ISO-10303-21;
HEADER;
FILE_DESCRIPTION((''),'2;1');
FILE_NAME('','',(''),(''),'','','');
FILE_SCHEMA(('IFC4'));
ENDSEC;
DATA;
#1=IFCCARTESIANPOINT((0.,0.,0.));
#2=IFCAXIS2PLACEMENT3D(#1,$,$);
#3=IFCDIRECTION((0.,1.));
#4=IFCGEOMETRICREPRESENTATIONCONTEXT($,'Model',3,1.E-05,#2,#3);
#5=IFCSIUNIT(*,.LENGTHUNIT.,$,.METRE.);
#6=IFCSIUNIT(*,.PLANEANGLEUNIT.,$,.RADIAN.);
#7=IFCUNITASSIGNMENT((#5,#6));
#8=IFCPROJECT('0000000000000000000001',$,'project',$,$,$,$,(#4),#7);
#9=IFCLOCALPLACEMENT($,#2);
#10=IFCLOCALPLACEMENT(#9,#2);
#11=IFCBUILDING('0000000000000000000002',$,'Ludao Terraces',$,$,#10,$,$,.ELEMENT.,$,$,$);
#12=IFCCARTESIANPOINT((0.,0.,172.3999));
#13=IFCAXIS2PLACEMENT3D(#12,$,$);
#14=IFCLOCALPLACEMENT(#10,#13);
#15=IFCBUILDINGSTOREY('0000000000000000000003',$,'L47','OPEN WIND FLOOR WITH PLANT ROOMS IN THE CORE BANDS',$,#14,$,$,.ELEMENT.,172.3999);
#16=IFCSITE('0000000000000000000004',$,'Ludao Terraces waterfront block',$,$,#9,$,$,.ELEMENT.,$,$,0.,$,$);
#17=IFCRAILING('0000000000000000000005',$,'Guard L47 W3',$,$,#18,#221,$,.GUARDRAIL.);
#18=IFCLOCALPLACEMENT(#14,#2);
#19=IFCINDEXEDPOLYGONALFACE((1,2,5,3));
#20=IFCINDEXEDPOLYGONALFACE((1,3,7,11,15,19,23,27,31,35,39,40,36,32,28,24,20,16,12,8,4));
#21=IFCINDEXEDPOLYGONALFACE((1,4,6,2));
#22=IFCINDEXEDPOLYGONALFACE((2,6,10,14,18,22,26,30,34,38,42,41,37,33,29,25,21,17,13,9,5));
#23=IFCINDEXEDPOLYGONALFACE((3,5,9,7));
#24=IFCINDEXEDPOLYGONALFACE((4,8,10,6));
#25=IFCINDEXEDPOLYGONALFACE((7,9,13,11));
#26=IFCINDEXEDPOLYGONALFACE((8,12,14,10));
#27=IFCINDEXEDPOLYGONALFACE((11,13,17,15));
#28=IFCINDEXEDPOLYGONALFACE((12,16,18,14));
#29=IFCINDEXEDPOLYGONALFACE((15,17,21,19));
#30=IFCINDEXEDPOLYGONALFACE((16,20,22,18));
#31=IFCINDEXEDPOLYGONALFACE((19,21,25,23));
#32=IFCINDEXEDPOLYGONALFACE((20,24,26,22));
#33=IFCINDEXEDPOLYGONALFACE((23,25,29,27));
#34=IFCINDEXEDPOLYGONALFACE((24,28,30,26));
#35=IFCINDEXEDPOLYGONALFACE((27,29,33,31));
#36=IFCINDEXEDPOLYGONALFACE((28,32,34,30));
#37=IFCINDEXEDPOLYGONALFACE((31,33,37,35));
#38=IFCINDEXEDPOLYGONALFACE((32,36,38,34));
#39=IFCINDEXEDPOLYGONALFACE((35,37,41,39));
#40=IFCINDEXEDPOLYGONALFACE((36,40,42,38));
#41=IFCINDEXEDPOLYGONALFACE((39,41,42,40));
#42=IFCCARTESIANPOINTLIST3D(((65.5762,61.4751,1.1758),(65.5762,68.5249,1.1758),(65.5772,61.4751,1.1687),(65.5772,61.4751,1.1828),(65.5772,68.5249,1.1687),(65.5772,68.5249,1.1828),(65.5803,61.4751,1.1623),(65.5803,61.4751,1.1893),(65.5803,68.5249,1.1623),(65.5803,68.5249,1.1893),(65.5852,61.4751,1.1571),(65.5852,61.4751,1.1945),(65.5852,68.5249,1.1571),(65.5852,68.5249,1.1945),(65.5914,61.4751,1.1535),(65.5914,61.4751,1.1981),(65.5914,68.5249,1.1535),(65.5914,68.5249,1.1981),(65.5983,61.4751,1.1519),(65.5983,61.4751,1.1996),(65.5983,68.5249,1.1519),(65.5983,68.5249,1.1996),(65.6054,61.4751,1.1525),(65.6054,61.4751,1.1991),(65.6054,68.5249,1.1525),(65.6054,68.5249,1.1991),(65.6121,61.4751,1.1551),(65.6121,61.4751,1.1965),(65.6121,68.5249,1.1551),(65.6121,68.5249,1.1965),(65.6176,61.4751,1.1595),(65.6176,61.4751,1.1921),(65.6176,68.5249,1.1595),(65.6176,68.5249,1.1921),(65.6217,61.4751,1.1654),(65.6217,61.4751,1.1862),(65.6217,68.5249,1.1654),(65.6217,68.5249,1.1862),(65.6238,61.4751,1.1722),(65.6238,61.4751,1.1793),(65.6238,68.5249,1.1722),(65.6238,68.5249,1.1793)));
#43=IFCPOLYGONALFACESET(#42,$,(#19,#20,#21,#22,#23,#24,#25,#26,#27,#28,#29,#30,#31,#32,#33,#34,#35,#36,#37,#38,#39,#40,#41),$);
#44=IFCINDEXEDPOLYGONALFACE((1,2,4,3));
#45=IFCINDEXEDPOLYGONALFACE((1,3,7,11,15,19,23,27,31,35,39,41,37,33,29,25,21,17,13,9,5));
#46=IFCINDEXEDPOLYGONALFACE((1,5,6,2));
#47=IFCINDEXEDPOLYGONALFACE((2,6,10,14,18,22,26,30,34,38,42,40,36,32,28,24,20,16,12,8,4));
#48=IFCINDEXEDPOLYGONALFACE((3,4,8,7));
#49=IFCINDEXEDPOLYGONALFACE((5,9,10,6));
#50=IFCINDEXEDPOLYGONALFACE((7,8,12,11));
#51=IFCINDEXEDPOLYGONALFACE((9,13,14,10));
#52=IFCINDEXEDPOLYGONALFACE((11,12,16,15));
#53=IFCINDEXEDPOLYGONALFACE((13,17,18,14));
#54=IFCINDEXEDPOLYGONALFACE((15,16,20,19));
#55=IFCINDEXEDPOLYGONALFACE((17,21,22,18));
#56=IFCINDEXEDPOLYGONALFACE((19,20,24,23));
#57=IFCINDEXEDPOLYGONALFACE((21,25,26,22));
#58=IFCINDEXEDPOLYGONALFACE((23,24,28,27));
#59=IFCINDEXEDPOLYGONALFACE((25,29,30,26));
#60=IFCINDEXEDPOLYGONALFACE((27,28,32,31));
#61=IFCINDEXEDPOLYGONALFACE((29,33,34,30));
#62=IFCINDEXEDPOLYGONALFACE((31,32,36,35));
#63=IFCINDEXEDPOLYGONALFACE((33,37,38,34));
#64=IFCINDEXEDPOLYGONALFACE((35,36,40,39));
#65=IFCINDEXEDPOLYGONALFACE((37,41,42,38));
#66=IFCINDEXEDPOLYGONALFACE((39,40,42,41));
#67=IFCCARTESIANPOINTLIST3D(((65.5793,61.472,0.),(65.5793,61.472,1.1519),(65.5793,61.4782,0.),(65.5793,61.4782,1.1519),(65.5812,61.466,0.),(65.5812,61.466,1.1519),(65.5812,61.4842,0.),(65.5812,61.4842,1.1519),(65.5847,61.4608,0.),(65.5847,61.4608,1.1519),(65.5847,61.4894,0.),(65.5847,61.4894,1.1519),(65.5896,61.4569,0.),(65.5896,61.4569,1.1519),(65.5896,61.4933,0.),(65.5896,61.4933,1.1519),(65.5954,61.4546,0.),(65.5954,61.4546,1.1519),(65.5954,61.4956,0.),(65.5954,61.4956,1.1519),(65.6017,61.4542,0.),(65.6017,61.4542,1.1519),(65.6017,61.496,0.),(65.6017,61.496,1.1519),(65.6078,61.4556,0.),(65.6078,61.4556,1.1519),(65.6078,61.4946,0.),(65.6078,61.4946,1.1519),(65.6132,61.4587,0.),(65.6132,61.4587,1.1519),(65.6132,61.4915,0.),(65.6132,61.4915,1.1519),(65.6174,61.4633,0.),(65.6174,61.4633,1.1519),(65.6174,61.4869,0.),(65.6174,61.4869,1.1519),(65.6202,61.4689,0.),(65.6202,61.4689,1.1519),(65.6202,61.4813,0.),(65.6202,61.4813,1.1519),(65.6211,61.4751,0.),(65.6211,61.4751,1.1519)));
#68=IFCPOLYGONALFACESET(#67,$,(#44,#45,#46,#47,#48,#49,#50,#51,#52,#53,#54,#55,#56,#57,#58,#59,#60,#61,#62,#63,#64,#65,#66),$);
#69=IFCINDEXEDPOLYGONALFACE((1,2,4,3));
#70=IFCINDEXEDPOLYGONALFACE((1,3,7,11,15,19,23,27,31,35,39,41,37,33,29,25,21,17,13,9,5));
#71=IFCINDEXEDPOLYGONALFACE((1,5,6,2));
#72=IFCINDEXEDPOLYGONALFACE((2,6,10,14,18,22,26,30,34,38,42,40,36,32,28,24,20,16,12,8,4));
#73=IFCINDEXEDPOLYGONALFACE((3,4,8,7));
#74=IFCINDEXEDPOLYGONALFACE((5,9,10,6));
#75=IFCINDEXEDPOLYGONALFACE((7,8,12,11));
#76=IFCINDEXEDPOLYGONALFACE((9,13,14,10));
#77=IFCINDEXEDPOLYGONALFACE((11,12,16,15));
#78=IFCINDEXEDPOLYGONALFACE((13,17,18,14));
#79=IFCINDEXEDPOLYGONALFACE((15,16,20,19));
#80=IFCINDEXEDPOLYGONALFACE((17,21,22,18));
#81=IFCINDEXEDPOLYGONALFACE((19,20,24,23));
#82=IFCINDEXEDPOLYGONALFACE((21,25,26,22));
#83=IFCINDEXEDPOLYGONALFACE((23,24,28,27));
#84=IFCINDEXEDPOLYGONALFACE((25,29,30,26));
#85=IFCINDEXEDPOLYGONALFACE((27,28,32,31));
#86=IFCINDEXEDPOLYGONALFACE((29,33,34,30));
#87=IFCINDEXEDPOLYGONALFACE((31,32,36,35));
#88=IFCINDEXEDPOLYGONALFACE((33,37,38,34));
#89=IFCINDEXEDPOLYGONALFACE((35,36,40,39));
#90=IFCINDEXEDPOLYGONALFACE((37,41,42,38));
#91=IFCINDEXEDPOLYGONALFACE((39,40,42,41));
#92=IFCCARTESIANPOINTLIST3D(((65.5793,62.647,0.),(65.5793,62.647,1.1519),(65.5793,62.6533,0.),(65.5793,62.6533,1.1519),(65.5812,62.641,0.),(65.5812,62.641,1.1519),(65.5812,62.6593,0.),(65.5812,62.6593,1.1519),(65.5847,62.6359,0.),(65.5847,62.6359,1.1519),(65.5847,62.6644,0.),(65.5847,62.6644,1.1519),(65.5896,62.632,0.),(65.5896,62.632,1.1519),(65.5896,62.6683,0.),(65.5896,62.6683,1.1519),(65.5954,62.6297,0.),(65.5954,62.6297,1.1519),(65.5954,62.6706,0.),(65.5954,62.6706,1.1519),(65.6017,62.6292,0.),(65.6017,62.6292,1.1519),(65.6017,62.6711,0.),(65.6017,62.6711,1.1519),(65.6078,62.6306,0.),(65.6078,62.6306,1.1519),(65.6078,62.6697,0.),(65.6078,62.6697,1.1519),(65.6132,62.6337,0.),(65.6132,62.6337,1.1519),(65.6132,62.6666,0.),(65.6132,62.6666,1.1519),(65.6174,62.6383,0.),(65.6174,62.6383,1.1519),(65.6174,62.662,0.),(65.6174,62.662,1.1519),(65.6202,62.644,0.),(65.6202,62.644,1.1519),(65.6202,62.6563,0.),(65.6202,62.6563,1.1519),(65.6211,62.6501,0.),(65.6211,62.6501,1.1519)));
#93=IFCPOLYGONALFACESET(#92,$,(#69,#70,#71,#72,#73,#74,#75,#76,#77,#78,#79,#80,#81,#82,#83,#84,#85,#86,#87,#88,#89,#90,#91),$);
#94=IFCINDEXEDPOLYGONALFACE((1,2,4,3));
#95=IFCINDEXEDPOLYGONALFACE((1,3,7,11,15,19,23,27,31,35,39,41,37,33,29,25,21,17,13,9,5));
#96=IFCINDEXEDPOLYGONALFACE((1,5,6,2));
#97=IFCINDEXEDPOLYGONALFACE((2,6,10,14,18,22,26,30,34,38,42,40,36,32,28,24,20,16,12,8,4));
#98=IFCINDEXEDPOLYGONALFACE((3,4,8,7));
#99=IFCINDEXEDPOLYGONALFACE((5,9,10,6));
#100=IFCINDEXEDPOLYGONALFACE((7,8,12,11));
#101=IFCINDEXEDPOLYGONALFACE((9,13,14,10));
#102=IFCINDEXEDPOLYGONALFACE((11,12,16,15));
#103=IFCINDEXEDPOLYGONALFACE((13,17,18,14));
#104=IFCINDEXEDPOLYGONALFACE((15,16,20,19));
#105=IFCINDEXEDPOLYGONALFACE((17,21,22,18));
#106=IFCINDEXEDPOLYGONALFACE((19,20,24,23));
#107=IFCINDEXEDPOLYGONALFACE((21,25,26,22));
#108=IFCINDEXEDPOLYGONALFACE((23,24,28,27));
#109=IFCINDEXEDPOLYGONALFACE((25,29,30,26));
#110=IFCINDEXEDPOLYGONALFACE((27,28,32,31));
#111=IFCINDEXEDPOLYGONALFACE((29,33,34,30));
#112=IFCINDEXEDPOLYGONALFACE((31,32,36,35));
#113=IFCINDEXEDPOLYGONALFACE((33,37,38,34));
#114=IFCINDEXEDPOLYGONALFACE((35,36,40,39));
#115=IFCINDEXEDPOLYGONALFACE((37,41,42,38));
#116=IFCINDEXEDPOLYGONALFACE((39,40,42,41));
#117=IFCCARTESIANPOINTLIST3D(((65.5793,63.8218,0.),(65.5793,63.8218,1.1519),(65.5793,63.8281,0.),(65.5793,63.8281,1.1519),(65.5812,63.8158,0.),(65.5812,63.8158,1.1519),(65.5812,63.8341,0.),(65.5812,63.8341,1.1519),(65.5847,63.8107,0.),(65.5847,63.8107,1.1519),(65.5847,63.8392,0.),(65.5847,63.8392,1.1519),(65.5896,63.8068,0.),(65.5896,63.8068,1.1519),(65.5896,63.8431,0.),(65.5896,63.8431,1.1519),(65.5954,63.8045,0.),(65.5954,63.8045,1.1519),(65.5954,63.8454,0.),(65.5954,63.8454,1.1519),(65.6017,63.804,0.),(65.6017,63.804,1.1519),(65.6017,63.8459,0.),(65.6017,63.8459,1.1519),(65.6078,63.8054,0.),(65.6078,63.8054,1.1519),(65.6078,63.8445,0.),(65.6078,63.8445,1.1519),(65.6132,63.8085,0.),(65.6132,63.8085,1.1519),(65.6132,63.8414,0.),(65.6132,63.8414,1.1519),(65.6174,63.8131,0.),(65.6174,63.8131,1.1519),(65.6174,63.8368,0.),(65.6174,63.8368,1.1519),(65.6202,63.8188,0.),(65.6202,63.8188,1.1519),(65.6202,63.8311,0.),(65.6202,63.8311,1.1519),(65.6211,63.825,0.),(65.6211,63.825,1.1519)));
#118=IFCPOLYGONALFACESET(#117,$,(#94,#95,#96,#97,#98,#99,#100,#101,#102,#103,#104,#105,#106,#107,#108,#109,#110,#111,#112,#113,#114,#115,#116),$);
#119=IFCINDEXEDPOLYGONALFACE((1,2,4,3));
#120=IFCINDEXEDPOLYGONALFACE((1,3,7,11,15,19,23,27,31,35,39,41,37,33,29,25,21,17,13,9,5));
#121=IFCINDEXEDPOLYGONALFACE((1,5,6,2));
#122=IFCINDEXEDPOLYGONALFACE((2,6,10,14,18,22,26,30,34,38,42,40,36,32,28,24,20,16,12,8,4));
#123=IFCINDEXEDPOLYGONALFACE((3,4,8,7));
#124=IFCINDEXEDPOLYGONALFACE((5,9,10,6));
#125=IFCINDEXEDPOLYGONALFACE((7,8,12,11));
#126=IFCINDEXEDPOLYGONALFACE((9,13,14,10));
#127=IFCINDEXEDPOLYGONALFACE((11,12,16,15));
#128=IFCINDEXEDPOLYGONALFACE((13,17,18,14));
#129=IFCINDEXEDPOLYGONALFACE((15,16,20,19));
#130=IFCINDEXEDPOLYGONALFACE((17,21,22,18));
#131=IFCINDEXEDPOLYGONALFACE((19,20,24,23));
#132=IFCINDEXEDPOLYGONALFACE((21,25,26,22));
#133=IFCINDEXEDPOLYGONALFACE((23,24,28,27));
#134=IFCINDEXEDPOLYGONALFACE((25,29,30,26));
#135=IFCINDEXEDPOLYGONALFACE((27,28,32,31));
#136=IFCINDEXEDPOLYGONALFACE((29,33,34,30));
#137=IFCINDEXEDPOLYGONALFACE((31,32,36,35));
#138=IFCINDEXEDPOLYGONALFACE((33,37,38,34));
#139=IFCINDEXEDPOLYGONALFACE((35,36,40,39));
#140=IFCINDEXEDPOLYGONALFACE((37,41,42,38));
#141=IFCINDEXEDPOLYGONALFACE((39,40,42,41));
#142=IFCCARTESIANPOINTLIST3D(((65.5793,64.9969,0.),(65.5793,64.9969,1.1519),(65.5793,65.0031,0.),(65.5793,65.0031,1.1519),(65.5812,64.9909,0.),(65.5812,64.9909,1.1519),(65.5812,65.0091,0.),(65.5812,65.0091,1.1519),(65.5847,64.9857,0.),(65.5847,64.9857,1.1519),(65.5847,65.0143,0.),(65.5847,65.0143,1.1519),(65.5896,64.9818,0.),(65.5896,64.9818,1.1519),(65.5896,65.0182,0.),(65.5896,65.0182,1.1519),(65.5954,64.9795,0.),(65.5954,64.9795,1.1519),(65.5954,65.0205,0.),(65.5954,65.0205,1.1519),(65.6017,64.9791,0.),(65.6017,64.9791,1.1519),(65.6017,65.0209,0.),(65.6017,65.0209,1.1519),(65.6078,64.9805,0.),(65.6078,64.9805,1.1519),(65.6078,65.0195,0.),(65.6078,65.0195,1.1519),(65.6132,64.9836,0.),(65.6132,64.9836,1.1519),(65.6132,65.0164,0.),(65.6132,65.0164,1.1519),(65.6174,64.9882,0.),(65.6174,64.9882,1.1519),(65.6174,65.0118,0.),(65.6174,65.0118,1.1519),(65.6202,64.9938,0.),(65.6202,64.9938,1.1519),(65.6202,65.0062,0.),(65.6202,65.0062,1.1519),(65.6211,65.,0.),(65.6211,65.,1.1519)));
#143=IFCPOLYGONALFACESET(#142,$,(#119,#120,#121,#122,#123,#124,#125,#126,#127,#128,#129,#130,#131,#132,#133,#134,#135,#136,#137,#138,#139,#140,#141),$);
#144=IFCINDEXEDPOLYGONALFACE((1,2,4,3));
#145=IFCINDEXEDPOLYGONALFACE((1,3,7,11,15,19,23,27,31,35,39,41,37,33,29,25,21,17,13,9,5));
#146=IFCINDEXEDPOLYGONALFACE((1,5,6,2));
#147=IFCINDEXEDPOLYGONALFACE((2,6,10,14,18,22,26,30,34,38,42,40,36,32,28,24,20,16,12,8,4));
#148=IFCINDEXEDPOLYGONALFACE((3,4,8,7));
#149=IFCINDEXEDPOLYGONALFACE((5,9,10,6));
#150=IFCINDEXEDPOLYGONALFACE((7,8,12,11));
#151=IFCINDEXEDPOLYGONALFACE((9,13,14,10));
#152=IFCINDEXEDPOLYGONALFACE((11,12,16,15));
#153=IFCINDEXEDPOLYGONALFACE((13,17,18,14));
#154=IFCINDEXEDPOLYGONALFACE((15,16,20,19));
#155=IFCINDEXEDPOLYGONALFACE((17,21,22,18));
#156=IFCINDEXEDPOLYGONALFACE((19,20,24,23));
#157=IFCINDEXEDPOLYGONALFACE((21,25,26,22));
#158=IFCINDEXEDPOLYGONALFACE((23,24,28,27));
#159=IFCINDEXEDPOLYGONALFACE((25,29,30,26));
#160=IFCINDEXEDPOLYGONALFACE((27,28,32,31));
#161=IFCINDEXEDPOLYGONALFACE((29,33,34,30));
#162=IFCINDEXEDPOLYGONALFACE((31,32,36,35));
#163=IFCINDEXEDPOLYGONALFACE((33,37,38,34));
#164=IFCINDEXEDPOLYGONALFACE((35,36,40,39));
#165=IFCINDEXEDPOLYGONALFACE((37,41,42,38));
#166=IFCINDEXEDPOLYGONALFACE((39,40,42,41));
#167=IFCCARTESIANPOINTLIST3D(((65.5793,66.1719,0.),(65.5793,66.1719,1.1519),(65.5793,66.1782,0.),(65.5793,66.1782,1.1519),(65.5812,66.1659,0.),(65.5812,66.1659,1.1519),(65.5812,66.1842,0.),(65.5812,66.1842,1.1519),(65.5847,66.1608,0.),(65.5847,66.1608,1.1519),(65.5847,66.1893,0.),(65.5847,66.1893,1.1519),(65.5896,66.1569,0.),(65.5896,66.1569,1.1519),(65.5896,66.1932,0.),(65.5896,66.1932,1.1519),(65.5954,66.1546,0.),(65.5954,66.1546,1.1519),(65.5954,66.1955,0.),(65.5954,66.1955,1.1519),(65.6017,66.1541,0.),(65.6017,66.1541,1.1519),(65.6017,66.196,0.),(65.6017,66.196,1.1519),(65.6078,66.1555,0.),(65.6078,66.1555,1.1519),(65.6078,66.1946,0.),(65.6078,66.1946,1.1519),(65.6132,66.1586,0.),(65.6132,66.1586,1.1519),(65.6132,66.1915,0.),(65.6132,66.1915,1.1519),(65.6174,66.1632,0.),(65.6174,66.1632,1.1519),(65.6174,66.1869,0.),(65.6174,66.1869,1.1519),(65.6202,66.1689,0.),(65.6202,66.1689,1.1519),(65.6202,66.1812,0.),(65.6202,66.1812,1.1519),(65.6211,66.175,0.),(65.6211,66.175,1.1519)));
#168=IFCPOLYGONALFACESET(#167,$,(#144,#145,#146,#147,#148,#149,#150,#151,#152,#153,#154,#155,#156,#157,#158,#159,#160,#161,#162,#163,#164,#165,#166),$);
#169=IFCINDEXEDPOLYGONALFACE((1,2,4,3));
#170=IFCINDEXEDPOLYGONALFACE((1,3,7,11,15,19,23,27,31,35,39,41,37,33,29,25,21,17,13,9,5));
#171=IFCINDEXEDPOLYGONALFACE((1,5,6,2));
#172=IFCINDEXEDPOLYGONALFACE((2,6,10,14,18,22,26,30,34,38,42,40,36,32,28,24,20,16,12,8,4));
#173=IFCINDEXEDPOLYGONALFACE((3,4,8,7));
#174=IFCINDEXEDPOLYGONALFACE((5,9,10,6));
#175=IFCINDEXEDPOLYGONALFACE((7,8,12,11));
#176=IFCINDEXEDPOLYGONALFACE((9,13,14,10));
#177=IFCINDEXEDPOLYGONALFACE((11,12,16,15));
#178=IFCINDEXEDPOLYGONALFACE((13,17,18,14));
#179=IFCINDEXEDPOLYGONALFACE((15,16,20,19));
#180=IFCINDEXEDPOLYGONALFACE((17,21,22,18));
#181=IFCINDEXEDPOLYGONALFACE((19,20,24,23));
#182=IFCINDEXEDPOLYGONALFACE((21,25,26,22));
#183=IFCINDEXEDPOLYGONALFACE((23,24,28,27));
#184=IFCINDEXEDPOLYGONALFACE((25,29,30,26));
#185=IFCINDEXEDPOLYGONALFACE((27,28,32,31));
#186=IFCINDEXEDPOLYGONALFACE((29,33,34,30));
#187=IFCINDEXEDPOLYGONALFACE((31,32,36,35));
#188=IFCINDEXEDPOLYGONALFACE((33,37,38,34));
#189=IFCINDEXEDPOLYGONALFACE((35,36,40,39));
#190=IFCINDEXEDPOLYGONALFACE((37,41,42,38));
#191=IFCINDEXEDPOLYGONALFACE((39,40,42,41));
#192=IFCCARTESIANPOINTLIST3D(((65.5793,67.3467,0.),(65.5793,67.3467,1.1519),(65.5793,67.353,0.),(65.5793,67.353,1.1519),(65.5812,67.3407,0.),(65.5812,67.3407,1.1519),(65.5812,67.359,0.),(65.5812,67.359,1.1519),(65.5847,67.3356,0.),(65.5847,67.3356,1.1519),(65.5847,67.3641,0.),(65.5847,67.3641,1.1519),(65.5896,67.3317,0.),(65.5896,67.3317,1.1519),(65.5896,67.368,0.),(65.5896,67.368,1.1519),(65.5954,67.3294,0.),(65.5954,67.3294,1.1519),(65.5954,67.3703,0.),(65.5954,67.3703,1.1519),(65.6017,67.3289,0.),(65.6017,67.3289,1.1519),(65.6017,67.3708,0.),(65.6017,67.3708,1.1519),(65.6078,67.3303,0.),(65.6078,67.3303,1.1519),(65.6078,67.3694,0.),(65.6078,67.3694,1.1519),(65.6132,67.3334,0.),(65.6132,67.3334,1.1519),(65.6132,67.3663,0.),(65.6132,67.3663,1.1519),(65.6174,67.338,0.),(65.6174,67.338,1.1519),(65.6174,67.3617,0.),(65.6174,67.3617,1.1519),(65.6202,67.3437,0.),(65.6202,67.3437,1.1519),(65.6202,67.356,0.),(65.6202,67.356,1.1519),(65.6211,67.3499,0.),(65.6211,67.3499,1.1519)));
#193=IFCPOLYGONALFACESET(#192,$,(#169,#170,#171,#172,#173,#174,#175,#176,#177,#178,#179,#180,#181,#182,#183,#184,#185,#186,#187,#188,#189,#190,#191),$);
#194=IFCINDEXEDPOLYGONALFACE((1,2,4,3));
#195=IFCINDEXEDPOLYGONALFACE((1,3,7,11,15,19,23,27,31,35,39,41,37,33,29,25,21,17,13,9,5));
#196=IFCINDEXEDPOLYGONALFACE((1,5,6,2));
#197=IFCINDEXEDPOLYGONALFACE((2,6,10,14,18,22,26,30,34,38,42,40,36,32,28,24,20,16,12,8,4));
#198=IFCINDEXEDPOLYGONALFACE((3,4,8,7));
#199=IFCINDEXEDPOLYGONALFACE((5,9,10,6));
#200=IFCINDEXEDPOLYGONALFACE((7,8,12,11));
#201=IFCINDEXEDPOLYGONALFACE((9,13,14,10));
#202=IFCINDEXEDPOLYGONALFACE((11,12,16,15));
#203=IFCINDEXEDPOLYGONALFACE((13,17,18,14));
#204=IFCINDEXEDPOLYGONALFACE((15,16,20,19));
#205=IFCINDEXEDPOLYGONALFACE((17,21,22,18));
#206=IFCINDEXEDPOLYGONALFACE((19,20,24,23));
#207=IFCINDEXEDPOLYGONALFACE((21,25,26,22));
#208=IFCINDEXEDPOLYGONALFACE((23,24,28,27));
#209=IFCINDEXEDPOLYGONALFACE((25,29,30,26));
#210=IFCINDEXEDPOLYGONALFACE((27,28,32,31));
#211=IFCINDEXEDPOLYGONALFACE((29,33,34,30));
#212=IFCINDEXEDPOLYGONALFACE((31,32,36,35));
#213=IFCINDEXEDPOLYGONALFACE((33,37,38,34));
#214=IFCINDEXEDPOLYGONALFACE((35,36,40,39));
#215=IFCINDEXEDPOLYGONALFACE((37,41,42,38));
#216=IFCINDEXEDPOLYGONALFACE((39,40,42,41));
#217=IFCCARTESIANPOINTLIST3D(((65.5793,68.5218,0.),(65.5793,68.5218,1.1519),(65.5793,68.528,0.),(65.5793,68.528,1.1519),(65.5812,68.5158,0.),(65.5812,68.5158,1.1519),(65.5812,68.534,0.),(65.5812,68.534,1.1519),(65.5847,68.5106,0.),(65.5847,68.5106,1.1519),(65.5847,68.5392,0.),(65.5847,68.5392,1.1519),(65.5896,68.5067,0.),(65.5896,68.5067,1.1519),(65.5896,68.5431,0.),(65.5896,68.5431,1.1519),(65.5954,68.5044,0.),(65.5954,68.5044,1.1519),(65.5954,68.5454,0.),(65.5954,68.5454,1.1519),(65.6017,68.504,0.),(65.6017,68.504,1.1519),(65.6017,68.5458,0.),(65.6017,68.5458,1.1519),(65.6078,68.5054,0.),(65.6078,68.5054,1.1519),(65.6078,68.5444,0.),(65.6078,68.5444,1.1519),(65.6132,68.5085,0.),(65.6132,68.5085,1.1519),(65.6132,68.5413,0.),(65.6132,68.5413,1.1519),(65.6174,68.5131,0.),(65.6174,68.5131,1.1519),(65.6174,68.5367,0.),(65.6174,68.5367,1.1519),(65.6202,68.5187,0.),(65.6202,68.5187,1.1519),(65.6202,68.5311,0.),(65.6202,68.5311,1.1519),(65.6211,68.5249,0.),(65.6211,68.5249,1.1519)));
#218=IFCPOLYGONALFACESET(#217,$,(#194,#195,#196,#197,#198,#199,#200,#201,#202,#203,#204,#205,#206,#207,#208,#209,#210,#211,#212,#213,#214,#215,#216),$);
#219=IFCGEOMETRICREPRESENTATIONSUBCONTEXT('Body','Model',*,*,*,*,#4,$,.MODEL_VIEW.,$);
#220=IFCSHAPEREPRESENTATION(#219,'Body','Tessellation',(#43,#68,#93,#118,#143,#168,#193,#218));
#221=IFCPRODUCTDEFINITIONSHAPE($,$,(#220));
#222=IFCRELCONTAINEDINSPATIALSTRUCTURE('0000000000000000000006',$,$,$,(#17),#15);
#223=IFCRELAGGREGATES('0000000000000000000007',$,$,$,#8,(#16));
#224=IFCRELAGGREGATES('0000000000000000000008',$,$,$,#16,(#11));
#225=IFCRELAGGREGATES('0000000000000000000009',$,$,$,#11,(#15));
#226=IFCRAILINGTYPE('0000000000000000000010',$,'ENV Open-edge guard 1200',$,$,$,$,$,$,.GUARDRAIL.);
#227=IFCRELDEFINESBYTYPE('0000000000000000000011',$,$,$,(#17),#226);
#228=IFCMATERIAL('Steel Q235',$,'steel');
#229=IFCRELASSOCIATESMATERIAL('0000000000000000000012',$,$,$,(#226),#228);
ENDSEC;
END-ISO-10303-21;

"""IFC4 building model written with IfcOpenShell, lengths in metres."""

from ifc_helpers import new_model, si_unit, direction, frame, origin, origin_2d, place, context, subcontext, project, spatial, circle, extrude, material, type_object, element, save


model = new_model("IFC4")

# Units and contexts
model_context = context("Model", 3, precision=1e-05, world=origin(), true_north=direction((0.0, 1.0)))
body_context = subcontext(model_context, "Body", "Model", "MODEL_VIEW")
ifc_project = project(units=[si_unit("LENGTHUNIT", "METRE"), si_unit("PLANEANGLEUNIT", "RADIAN")], contexts=[model_context])

# Site, building, storey
site_placement = place(None, origin())
site = spatial("IfcSite", under=ifc_project, at=site_placement, Name="Ludao Terraces waterfront block", CompositionType="ELEMENT", RefElevation=0.0)
building_placement = place(site_placement, origin())
building = spatial("IfcBuilding", under=site, at=building_placement, Name="Ludao Terraces", CompositionType="ELEMENT")
storey_placement = place(building_placement, frame((0.0, 0.0, 172.3999)))
storey = spatial("IfcBuildingStorey", under=building, at=storey_placement, Name="L47", Description="OPEN WIND FLOOR WITH PLANT ROOMS IN THE CORE BANDS", CompositionType="ELEMENT", Elevation=172.3999)

# Railing
ifc_material_1 = material(Name="Steel Q235", Category="steel")
railing_type = type_object("IfcRailingType", Name="ENV Open-edge guard 1200", PredefinedType="GUARDRAIL", material=ifc_material_1)
railing_1_placement = place(storey_placement, frame((65.6001, 61.4751, 0.0)))
element("IfcRailing", 1, at=railing_1_placement, inside=storey, type_object=railing_type, Name="Guard L47 W3", PredefinedType="GUARDRAIL", context=body_context, shape_type="SweptSolid", body=[
    extrude(circle(Radius=0.0239, at=origin_2d()), frame((0.0, 0.0, 1.1758), z_axis=(0.0, 1.0, 0.0), x_axis=(-1.0, 0.0, 0.0)), (0.0, 0.0, 1.0), 7.0498),
    extrude(circle(Radius=0.021, at=origin_2d()), origin(), (0.0, 0.0, 1.0), 1.1519),
    extrude(circle(Radius=0.021, at=origin_2d()), frame((0.0, 1.175, 0.0)), (0.0, 0.0, 1.0), 1.1519),
    extrude(circle(Radius=0.021, at=origin_2d()), frame((0.0, 2.3499, 0.0)), (0.0, 0.0, 1.0), 1.1519),
    extrude(circle(Radius=0.021, at=origin_2d()), frame((0.0, 3.5249, 0.0)), (0.0, 0.0, 1.0), 1.1519),
    extrude(circle(Radius=0.021, at=origin_2d()), frame((0.0, 4.7, 0.0)), (0.0, 0.0, 1.0), 1.1519),
    extrude(circle(Radius=0.021, at=origin_2d()), frame((0.0, 5.8748, 0.0)), (0.0, 0.0, 1.0), 1.1519),
    extrude(circle(Radius=0.021, at=origin_2d()), frame((0.0, 7.0498, 0.0)), (0.0, 0.0, 1.0), 1.1519),
])

save(model, "model.ifc")
